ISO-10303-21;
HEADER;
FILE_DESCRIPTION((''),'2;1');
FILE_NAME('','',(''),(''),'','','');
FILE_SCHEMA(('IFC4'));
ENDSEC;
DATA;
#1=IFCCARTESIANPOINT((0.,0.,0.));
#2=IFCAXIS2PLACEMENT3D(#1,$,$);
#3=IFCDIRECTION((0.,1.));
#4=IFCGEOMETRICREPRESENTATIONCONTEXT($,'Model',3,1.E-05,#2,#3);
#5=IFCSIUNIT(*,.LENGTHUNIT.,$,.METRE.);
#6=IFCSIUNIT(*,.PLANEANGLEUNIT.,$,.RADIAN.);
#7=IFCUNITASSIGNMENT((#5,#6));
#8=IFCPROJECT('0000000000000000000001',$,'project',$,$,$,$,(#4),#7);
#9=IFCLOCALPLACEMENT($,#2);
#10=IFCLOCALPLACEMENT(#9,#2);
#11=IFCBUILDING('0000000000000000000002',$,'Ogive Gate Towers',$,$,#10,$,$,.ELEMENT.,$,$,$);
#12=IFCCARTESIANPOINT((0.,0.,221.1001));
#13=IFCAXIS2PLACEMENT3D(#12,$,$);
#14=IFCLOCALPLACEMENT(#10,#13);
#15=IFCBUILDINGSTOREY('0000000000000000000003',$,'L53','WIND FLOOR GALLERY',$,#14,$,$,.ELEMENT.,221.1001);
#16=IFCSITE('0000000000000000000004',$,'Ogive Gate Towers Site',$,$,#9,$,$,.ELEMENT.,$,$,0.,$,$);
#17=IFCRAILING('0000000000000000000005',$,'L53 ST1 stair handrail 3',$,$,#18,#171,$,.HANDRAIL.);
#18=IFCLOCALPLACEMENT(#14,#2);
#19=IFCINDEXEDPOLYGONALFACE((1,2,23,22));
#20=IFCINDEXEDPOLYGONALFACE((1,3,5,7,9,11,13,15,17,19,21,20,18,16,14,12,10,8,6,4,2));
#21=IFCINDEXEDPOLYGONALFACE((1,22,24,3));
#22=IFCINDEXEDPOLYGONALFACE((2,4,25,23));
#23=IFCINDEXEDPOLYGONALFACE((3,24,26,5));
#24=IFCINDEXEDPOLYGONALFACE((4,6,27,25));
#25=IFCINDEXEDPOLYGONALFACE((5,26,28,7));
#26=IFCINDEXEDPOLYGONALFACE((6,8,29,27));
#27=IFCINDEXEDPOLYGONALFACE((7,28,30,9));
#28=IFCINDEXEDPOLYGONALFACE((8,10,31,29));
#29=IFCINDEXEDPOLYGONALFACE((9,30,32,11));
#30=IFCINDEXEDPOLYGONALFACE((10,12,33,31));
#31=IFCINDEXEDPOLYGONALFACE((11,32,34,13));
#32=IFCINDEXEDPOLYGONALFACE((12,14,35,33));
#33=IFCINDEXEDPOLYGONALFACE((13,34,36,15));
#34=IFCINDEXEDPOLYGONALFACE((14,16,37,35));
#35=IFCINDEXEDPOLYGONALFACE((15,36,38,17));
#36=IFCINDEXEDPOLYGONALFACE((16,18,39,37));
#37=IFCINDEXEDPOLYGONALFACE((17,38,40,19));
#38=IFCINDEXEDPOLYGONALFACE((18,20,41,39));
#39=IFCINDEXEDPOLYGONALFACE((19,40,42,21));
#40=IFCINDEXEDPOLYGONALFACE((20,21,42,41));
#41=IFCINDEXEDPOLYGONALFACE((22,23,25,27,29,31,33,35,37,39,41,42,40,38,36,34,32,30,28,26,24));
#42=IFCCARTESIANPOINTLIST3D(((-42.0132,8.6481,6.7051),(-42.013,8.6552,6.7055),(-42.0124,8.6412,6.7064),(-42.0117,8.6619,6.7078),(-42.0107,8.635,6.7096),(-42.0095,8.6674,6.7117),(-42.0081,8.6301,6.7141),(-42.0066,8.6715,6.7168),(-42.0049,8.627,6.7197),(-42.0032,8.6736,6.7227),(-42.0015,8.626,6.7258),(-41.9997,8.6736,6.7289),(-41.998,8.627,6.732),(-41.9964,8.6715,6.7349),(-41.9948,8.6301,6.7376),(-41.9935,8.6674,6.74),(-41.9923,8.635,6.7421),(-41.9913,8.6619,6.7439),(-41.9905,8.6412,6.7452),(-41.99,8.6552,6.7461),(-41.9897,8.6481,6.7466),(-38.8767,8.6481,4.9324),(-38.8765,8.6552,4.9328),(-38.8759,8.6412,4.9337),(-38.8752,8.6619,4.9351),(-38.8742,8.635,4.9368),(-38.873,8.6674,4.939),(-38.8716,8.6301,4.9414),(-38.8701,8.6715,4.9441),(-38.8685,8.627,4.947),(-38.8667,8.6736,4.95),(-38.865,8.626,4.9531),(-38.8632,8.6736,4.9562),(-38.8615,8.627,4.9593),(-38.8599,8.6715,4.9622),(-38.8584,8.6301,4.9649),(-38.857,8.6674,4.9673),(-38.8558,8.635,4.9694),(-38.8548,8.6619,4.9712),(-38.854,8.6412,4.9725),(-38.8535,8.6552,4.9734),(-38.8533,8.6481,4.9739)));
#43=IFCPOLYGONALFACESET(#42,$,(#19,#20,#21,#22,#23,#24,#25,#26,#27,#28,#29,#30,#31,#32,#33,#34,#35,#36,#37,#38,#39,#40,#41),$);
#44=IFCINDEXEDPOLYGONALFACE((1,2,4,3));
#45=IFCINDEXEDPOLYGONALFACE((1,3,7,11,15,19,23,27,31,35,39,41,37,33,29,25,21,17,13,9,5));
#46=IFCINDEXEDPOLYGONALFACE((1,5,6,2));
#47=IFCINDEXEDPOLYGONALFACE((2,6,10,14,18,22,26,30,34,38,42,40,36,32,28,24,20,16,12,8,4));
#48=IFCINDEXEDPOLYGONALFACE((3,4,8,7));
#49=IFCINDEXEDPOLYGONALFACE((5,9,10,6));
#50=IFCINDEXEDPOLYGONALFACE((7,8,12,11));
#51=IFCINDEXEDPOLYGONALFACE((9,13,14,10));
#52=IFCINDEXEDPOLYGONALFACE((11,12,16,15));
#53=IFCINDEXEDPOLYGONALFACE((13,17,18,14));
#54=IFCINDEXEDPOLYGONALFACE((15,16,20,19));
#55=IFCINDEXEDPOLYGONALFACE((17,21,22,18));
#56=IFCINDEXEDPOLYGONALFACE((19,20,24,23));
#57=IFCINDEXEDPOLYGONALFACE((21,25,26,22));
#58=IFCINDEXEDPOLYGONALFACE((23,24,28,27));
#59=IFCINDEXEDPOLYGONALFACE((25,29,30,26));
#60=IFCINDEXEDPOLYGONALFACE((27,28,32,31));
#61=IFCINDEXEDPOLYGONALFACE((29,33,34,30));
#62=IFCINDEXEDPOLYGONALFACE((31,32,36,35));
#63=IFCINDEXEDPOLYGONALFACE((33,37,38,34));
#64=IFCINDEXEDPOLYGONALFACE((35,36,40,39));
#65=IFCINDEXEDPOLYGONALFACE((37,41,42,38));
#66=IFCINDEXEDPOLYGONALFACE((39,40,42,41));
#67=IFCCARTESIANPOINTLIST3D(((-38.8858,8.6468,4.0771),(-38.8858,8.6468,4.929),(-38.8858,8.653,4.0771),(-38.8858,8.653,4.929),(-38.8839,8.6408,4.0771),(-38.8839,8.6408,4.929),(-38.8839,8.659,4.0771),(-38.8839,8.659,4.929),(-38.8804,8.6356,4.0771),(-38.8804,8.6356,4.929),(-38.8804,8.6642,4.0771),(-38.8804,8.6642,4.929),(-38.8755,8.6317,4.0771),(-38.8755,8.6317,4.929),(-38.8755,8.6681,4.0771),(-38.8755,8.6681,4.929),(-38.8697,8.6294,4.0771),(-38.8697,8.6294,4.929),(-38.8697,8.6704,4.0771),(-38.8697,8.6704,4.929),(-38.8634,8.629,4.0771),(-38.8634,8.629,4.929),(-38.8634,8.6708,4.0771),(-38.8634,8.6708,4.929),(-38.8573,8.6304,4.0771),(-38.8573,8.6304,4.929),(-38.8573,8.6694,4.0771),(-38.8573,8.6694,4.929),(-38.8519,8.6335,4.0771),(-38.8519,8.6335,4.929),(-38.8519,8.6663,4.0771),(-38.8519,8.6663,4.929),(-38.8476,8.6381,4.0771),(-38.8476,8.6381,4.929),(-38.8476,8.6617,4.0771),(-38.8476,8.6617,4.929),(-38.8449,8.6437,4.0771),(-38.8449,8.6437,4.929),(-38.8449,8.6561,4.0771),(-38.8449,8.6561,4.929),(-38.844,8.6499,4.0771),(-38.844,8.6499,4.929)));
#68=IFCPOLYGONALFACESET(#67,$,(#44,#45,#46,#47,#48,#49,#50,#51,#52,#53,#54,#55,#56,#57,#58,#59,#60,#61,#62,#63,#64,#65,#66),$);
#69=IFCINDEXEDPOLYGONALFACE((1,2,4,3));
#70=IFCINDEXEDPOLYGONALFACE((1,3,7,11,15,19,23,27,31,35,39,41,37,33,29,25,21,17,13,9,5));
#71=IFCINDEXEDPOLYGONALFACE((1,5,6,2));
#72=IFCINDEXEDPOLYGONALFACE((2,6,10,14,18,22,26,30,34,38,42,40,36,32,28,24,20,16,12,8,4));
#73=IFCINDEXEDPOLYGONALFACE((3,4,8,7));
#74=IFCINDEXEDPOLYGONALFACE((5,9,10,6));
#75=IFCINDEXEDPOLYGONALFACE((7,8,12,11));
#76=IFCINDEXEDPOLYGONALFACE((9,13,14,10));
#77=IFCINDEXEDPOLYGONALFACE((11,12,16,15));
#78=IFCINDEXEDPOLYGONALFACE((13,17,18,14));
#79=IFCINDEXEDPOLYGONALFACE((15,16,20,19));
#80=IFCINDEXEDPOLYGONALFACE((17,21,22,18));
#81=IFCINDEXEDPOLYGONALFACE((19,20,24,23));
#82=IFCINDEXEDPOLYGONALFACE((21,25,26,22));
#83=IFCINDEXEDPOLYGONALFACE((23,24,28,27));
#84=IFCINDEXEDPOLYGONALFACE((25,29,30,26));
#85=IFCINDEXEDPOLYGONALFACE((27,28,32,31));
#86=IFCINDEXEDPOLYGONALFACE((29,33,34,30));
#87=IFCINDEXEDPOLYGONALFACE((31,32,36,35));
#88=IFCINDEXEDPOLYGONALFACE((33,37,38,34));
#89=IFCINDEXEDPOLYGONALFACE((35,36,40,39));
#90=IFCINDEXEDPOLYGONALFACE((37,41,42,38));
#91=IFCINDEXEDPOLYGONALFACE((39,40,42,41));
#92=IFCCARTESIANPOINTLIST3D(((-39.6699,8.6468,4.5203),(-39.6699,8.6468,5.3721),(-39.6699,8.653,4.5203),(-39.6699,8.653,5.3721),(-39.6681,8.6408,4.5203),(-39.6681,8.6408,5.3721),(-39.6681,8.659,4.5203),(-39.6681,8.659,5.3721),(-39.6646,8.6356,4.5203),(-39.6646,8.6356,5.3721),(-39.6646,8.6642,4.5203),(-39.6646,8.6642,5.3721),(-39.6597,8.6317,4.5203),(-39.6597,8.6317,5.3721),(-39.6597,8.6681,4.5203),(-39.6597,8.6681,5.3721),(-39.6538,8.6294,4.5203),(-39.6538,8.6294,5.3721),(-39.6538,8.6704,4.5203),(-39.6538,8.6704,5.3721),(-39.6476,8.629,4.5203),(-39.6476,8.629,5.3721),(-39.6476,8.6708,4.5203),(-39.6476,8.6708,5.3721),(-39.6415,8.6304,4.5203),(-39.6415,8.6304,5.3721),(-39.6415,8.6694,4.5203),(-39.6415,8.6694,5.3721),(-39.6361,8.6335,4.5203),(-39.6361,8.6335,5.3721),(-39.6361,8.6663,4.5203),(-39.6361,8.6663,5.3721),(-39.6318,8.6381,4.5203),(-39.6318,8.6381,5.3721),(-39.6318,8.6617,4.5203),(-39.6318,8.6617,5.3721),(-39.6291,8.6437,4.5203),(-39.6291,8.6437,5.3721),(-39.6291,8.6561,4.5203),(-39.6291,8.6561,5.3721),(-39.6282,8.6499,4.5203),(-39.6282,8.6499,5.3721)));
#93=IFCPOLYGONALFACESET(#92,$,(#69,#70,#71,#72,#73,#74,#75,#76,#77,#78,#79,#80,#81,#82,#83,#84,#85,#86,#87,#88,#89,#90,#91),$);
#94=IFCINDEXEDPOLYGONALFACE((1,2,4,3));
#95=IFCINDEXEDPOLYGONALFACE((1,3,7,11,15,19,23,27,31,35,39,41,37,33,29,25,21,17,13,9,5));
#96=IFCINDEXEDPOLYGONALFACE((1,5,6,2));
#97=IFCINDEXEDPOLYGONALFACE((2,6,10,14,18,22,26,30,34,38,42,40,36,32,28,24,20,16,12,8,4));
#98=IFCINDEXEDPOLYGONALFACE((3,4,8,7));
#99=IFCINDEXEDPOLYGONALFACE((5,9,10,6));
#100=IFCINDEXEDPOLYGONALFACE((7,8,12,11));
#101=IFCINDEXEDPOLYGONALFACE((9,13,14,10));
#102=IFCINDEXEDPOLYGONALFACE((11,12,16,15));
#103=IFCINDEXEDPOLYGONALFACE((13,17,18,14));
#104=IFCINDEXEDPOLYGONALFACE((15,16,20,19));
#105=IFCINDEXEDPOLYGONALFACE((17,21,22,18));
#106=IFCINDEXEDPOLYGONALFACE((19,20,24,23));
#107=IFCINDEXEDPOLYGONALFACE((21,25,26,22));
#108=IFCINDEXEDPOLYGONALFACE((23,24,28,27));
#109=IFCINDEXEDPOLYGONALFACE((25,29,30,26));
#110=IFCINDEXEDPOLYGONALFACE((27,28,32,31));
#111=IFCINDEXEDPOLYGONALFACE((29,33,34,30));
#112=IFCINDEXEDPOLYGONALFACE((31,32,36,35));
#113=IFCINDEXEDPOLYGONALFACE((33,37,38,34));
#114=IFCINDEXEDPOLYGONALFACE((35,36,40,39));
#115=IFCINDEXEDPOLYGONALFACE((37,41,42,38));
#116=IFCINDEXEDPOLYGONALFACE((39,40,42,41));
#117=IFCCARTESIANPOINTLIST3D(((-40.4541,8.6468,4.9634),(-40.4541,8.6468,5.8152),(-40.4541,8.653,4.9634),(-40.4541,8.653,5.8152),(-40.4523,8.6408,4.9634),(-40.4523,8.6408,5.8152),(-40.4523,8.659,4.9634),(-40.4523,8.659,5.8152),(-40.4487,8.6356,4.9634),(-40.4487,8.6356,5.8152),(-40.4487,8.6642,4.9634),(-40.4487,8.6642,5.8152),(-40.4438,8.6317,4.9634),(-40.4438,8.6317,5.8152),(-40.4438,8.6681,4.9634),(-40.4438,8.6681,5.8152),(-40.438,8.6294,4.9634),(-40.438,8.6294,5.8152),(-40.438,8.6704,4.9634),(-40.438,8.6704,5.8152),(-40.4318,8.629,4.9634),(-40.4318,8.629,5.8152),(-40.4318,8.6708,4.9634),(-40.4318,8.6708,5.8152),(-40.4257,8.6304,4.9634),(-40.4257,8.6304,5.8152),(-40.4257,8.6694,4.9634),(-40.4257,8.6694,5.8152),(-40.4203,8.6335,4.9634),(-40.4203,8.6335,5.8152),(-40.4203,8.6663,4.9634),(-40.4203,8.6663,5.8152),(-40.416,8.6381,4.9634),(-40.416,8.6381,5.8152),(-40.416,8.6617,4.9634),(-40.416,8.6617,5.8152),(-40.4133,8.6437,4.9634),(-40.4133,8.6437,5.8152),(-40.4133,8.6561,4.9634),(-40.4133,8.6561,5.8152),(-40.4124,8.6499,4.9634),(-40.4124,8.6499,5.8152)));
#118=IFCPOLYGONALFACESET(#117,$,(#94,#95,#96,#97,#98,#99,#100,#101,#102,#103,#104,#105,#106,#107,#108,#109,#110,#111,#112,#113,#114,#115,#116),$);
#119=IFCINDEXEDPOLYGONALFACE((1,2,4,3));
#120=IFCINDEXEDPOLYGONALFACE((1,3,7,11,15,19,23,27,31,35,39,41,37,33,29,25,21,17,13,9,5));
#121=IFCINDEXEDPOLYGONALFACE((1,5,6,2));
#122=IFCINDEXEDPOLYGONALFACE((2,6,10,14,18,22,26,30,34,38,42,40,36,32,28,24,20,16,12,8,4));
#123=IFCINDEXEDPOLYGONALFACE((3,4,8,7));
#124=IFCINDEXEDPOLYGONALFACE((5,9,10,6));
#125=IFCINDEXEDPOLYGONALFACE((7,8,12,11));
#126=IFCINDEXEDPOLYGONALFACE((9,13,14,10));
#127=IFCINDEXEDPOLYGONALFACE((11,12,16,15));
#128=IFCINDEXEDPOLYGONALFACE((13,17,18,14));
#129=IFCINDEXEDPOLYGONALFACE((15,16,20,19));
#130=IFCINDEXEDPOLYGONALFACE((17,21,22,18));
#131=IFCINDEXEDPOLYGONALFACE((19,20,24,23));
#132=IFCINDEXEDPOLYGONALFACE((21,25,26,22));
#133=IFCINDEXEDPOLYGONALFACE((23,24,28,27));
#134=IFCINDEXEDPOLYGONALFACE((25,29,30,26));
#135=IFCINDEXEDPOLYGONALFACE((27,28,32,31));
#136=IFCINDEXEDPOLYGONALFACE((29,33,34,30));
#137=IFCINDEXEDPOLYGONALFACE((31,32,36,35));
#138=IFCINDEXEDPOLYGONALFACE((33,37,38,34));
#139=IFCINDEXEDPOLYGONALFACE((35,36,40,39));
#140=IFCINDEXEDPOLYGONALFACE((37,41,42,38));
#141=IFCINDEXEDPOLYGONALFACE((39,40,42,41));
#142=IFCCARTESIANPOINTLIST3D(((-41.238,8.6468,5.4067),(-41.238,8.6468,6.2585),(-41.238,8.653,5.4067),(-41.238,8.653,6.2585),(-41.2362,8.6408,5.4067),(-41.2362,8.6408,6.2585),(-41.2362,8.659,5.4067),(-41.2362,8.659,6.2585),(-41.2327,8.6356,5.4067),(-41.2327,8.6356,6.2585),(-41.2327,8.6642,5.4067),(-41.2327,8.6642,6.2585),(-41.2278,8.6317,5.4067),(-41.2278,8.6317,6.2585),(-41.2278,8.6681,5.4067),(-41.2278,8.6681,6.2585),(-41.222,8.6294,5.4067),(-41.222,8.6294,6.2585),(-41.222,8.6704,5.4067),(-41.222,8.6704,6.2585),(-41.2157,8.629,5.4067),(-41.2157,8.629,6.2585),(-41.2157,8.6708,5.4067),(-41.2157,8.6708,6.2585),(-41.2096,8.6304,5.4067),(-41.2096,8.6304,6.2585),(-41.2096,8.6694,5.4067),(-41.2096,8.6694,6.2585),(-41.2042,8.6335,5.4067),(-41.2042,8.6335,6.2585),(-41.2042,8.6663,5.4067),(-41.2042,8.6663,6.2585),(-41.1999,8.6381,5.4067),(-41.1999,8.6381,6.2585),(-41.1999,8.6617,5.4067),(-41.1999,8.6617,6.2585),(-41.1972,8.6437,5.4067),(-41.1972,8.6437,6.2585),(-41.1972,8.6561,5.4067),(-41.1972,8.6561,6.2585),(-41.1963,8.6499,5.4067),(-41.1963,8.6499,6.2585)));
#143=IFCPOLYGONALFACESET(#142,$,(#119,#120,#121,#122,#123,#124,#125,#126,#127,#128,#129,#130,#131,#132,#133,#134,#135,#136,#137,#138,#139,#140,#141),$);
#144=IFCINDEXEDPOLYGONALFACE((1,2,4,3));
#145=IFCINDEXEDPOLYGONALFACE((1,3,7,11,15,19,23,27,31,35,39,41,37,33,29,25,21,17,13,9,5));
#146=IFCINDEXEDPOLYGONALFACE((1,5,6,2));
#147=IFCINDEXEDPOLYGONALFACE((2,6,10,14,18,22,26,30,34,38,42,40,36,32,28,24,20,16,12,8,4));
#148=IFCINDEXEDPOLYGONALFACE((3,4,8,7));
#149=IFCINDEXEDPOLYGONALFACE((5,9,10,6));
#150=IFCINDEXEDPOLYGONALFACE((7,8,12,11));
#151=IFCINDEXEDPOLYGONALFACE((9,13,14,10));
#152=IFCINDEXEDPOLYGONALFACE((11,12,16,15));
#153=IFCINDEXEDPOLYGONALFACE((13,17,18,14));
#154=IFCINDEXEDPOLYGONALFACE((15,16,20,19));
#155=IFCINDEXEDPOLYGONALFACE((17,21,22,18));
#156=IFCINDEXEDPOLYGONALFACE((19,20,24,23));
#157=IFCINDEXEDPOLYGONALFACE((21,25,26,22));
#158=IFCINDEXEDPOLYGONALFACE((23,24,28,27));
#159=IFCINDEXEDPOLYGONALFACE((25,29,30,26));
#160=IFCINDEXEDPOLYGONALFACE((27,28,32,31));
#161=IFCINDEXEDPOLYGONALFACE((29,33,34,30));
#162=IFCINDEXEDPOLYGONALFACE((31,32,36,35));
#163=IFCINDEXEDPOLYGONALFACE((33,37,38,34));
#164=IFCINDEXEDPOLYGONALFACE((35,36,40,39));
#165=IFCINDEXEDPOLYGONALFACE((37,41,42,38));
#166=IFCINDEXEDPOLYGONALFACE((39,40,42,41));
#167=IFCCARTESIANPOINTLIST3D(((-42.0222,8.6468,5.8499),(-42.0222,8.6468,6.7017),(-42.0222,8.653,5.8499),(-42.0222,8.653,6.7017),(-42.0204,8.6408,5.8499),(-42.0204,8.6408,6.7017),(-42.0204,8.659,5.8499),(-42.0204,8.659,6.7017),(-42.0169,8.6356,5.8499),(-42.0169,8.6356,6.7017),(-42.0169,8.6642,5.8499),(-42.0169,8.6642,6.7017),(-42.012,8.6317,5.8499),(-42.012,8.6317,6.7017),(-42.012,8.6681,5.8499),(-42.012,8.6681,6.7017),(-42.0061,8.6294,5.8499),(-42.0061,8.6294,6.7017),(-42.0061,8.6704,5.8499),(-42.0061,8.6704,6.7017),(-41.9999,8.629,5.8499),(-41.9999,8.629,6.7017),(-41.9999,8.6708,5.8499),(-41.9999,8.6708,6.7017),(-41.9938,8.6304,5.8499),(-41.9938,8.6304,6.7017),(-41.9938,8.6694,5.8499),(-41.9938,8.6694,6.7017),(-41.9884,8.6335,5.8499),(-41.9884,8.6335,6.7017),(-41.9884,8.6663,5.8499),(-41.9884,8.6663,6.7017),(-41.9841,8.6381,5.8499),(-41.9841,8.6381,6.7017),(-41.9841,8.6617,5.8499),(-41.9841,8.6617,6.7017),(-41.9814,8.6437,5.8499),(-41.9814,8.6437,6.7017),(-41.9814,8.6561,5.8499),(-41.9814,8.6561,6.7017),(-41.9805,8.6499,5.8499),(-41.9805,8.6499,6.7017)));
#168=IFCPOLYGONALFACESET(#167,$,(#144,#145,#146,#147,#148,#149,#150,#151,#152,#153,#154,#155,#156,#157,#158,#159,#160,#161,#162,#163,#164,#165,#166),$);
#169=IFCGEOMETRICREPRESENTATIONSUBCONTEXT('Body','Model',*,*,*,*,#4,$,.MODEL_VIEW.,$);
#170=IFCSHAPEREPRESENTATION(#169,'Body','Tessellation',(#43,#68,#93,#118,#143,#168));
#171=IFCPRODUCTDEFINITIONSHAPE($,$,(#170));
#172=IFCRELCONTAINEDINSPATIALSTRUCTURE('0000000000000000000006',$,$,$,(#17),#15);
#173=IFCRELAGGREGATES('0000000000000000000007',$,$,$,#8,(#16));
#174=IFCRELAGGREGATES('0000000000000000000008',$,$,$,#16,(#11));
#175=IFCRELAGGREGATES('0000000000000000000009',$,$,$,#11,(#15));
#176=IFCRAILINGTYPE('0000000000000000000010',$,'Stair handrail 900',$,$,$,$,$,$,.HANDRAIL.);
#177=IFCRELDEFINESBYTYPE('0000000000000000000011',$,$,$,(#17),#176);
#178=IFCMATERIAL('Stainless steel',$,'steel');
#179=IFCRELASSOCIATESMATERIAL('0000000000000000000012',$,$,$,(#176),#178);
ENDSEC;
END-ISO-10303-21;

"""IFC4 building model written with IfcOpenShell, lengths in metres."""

from ifc_helpers import new_model, si_unit, direction, frame, origin, origin_2d, place, context, subcontext, project, spatial, circle, extrude, material, type_object, element, save


model = new_model("IFC4")

# Units and contexts
model_context = context("Model", 3, precision=1e-05, world=origin(), true_north=direction((0.0, 1.0)))
body_context = subcontext(model_context, "Body", "Model", "MODEL_VIEW")
ifc_project = project(units=[si_unit("LENGTHUNIT", "METRE"), si_unit("PLANEANGLEUNIT", "RADIAN")], contexts=[model_context])

# Site, building, storey
site_placement = place(None, origin())
site = spatial("IfcSite", under=ifc_project, at=site_placement, Name="Ogive Gate Towers Site", CompositionType="ELEMENT", RefElevation=0.0)
building_placement = place(site_placement, origin())
building = spatial("IfcBuilding", under=site, at=building_placement, Name="Ogive Gate Towers", CompositionType="ELEMENT")
storey_placement = place(building_placement, frame((0.0, 0.0, 221.1001)))
storey = spatial("IfcBuildingStorey", under=building, at=storey_placement, Name="L53", Description="WIND FLOOR GALLERY", CompositionType="ELEMENT", Elevation=221.1001)

# Railing
ifc_material_1 = material(Name="Stainless steel", Category="steel")
railing_type_1 = type_object("IfcRailingType", Name="Stair handrail 900", PredefinedType="HANDRAIL", material=ifc_material_1)
railing_1_placement = place(storey_placement, frame((-38.865, 8.6499, 4.0771)))
element("IfcRailing", 1, at=railing_1_placement, inside=storey, type_object=railing_type_1, Name="L53 ST1 stair handrail 3", PredefinedType="HANDRAIL", context=body_context, shape_type="SweptSolid", body=[
    extrude(circle(Radius=0.0239, at=origin_2d()), frame((0.0, 0.0, 0.876), z_axis=(-0.870573, 0.0, 0.492039), x_axis=(0.0, -1.0, 0.0)), (0.0, 0.0, 1.0), 3.6028),
    extrude(circle(Radius=0.021, at=origin_2d()), origin(), (0.0, 0.0, 1.0), 0.8518),
    extrude(circle(Radius=0.021, at=origin_2d()), frame((-0.7842, 0.0, 0.4431)), (0.0, 0.0, 1.0), 0.8518),
    extrude(circle(Radius=0.021, at=origin_2d()), frame((-1.5684, 0.0, 0.8862)), (0.0, 0.0, 1.0), 0.8518),
    extrude(circle(Radius=0.021, at=origin_2d()), frame((-2.3523, 0.0, 1.3296)), (0.0, 0.0, 1.0), 0.8518),
    extrude(circle(Radius=0.021, at=origin_2d()), frame((-3.1365, 0.0, 1.7727)), (0.0, 0.0, 1.0), 0.8518),
])

save(model, "model.ifc")
